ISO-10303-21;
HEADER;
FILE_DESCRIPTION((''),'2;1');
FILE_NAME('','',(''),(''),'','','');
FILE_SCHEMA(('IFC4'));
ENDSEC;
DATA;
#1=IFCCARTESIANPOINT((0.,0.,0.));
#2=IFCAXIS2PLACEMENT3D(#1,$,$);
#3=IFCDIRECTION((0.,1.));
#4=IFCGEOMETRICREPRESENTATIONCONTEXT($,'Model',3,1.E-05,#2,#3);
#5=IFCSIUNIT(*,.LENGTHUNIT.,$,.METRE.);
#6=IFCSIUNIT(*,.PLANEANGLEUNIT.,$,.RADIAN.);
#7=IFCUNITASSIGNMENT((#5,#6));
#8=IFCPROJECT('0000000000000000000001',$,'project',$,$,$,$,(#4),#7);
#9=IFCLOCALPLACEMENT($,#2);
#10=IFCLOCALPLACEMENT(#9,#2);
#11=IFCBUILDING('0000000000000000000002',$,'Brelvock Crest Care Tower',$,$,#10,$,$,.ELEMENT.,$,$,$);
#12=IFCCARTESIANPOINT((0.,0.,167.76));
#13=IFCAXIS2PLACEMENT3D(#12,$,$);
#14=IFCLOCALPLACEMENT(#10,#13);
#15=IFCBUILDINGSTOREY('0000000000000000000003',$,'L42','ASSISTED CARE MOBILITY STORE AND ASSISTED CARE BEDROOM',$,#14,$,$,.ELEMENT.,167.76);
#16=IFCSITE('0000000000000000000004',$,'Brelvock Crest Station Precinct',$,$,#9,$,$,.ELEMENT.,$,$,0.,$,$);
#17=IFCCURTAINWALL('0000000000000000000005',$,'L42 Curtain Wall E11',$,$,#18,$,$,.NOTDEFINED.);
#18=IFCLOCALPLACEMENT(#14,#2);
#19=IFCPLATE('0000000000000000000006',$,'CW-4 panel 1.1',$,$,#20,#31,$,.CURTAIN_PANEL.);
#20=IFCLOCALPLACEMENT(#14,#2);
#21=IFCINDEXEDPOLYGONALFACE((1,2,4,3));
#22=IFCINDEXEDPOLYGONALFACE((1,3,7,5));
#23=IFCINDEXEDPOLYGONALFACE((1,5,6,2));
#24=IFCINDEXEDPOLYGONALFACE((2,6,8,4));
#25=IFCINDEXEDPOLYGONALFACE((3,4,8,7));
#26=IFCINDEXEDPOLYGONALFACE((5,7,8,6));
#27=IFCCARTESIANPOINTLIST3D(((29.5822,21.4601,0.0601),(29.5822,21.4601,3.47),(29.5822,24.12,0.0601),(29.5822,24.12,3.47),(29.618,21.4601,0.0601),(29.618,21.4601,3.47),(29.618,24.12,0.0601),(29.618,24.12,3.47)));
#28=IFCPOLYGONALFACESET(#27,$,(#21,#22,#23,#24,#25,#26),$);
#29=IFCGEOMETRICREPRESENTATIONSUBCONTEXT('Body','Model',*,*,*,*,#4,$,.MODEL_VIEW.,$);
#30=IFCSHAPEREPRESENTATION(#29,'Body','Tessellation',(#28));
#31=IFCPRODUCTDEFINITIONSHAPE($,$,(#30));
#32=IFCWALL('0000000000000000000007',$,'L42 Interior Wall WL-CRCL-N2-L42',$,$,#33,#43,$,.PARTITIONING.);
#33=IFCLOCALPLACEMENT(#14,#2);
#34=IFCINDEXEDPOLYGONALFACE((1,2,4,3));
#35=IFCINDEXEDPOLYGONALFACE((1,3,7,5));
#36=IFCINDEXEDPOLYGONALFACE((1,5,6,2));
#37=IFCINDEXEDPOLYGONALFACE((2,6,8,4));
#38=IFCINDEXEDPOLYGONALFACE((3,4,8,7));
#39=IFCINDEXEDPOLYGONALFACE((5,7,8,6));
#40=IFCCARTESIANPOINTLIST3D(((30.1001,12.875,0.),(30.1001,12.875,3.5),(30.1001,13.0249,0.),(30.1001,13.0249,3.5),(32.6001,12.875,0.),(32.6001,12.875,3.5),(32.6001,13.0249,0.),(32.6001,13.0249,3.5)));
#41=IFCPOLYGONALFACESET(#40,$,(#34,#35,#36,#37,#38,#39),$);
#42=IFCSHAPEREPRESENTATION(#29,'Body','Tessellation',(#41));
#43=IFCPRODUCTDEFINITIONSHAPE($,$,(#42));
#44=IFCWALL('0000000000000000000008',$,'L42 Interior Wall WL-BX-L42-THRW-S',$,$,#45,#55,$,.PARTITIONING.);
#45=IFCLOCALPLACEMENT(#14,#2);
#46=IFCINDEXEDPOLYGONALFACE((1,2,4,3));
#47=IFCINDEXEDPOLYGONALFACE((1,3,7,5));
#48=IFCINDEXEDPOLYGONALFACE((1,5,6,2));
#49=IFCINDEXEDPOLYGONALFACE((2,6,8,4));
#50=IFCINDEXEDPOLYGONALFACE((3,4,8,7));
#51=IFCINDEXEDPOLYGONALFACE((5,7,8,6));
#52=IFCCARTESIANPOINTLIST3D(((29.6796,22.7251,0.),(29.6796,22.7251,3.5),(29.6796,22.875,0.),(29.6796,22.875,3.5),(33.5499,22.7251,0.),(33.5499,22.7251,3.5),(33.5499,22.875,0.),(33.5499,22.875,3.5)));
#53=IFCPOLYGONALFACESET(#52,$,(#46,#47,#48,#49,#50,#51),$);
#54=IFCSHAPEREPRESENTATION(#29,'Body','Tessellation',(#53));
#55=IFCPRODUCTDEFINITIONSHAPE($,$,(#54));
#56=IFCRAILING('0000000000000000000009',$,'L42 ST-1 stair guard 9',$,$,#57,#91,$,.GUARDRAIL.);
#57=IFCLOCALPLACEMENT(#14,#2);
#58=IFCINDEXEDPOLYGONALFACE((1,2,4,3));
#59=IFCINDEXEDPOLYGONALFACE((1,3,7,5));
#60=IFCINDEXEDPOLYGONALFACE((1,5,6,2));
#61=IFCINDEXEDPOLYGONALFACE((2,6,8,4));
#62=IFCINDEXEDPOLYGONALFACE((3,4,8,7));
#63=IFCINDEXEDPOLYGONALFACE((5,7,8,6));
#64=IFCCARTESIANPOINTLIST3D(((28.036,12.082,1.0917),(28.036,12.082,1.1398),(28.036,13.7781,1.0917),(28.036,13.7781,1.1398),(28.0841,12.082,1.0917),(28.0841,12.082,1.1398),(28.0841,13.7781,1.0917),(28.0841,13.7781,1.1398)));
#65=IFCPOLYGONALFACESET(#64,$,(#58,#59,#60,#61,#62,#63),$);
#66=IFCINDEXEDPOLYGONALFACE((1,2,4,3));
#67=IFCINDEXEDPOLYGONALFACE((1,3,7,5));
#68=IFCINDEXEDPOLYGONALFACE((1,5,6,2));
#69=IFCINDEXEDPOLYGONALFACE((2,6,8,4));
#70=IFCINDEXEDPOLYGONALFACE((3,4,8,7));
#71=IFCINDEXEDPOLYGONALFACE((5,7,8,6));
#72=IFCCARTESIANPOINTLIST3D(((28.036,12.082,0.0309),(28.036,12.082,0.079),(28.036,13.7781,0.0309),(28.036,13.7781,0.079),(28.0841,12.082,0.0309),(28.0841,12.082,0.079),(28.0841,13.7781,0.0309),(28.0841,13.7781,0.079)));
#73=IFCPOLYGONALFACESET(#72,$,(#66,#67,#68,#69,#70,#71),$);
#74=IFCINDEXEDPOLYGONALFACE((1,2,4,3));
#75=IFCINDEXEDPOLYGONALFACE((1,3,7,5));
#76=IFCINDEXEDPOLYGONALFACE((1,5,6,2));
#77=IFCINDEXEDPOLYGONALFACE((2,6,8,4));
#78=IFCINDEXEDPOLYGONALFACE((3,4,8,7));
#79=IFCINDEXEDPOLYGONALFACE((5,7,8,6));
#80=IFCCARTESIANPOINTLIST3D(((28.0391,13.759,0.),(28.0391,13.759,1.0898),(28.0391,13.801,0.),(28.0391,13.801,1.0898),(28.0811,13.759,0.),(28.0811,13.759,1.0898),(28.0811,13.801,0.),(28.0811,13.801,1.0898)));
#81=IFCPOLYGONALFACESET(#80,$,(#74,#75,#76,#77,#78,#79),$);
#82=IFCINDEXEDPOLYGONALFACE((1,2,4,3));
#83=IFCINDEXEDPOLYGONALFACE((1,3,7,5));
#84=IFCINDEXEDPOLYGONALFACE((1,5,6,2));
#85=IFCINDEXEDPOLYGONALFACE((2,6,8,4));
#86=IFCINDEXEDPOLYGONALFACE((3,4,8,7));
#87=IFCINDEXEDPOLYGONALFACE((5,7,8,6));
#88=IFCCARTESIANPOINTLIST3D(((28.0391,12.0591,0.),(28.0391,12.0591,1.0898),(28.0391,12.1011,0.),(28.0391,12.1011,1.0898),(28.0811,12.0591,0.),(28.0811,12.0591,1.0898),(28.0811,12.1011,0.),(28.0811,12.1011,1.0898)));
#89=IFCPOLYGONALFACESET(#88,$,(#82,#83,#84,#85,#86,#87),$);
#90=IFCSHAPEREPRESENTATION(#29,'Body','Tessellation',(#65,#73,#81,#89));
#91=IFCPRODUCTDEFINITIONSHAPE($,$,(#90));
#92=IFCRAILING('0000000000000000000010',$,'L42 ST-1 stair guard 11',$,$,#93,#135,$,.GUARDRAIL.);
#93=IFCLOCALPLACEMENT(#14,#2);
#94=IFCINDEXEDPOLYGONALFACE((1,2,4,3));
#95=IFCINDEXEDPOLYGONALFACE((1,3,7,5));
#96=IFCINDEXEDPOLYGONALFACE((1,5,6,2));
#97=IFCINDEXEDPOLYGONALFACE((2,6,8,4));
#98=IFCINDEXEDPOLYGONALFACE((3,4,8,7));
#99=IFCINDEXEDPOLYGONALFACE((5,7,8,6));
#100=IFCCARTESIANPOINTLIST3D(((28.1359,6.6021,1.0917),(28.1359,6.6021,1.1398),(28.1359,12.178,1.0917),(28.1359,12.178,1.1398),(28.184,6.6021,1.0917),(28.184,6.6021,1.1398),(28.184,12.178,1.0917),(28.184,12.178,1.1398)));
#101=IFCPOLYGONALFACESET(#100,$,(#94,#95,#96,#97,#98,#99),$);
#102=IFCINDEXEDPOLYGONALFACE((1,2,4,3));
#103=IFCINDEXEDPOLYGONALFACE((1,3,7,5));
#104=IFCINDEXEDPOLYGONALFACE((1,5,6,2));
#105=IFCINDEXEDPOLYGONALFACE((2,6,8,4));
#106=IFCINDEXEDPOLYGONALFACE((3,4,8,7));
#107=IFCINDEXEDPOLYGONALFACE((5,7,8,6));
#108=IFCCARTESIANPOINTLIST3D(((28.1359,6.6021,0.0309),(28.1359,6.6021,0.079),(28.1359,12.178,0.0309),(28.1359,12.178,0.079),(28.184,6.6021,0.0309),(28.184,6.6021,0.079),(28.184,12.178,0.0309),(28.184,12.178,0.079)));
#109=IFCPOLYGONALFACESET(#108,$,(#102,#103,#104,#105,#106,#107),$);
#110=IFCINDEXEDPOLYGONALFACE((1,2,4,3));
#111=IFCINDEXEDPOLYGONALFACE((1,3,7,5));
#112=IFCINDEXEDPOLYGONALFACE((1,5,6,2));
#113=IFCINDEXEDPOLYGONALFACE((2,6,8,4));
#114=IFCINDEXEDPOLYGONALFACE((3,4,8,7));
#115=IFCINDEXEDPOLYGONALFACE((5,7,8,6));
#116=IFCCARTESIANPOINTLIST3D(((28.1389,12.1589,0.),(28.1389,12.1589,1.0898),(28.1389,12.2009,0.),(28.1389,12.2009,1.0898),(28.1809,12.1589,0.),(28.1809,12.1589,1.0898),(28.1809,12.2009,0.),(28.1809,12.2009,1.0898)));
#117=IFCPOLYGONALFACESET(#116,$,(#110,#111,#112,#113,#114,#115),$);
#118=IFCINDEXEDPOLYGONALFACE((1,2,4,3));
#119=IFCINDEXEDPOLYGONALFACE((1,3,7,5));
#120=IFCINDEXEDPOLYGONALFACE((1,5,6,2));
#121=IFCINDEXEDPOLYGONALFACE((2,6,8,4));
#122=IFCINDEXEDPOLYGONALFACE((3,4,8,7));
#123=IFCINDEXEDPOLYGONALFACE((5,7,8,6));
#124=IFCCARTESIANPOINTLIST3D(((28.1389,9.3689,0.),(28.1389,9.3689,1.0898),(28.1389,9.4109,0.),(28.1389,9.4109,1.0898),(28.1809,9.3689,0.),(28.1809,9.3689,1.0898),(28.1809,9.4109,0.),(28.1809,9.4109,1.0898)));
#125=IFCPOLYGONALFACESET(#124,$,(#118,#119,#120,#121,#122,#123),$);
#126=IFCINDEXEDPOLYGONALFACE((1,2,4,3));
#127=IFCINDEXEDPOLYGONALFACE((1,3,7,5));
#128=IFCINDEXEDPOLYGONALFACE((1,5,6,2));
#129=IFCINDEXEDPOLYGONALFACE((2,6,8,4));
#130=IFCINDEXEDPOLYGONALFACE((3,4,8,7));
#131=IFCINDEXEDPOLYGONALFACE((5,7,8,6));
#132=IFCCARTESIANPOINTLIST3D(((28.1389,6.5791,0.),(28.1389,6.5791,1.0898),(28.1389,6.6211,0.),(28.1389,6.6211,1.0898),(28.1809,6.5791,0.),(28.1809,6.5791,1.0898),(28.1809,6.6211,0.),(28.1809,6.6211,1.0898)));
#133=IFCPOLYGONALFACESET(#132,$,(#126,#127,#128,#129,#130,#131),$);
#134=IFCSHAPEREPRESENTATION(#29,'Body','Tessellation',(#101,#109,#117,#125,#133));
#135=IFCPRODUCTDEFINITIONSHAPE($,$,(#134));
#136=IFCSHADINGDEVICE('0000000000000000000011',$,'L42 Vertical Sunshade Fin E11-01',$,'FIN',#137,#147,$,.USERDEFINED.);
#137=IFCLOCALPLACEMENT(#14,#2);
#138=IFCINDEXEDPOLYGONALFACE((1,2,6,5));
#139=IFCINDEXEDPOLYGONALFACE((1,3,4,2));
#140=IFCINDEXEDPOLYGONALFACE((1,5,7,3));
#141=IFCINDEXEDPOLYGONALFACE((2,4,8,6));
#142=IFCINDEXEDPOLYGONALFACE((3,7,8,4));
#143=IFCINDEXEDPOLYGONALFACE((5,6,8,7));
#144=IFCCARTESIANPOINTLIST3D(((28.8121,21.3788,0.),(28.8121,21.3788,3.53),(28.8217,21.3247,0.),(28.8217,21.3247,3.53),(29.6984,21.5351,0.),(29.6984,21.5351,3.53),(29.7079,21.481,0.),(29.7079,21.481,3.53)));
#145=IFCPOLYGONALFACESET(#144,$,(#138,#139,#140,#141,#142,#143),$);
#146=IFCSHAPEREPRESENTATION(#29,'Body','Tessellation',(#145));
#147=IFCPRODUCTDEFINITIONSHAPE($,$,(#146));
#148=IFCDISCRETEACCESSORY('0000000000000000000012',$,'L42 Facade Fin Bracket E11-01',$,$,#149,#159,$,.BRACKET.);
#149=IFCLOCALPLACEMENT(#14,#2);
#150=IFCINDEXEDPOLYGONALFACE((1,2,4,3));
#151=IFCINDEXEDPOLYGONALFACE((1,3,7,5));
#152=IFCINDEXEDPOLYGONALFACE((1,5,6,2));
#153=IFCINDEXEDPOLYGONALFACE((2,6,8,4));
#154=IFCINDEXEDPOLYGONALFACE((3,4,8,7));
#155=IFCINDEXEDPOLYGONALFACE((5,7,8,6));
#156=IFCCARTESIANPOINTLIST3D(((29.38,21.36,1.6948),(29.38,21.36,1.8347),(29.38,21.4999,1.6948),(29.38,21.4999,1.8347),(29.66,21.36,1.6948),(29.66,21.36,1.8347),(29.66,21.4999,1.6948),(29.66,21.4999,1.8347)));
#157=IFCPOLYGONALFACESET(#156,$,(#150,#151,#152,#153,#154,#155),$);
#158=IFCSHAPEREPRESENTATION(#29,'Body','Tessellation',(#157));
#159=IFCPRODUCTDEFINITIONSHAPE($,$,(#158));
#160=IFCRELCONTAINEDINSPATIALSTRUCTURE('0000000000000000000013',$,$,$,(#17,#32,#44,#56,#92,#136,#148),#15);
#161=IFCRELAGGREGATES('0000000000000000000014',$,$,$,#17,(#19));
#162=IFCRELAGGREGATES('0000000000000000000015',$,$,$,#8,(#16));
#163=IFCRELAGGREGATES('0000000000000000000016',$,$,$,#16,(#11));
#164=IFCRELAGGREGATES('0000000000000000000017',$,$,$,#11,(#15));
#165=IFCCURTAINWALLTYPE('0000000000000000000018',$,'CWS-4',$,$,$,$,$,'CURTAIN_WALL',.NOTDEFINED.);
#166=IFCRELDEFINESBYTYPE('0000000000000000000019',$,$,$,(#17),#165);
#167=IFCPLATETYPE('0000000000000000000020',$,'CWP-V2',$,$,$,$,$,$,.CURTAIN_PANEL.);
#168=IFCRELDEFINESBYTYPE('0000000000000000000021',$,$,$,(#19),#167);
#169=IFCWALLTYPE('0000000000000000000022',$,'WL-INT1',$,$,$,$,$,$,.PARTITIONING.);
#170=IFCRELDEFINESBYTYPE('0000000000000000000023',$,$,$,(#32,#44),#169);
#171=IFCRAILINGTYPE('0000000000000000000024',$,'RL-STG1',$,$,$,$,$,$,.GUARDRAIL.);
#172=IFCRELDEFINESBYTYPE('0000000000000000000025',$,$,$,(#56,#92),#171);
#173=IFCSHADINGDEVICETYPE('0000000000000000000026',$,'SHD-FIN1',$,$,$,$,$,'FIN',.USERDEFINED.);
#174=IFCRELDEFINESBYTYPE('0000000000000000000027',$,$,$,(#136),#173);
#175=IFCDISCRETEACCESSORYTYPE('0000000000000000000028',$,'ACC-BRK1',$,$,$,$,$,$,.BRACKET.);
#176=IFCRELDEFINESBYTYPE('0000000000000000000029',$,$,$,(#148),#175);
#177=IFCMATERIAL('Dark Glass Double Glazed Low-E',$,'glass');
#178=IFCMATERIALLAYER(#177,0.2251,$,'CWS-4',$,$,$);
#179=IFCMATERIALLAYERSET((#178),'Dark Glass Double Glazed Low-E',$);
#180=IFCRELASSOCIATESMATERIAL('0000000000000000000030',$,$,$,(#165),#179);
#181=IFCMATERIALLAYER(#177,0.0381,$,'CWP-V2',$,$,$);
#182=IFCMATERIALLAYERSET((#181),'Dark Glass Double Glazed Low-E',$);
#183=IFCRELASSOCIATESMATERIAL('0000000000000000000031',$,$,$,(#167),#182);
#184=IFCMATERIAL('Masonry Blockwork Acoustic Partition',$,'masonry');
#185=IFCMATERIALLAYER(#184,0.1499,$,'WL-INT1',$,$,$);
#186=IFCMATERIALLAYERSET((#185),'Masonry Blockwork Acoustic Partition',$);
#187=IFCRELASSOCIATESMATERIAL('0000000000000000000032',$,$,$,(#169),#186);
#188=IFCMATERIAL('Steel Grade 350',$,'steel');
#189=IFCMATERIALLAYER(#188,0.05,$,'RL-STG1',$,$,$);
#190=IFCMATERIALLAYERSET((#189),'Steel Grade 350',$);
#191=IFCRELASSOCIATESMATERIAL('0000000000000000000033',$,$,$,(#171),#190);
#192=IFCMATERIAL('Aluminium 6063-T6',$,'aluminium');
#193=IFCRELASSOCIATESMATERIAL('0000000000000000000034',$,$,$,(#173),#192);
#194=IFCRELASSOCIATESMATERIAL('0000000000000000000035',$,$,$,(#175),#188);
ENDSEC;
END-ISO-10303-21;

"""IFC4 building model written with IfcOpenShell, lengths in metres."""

from ifc_helpers import new_model, si_unit, direction, frame, frame_2d, origin, origin_2d, place, context, subcontext, project, spatial, rectangle, extrude, source, transform, mapped, material, layer, layer_set, material_profile, profile_set, type_object, element, aggregate, save


model = new_model("IFC4")

# Units and contexts
model_context = context("Model", 3, precision=1e-05, world=origin(), true_north=direction((0.0, 1.0)))
body_context = subcontext(model_context, "Body", "Model", "MODEL_VIEW")
ifc_project = project(units=[si_unit("LENGTHUNIT", "METRE"), si_unit("PLANEANGLEUNIT", "RADIAN")], contexts=[model_context])

# Site, building, storey
site_placement = place(None, origin())
site = spatial("IfcSite", under=ifc_project, at=site_placement, Name="Brelvock Crest Station Precinct", CompositionType="ELEMENT", RefElevation=0.0)
building_placement = place(site_placement, origin())
building = spatial("IfcBuilding", under=site, at=building_placement, Name="Brelvock Crest Care Tower", CompositionType="ELEMENT")
storey_placement = place(building_placement, frame((0.0, 0.0, 167.76)))
storey = spatial("IfcBuildingStorey", under=building, at=storey_placement, Name="L42", Description="ASSISTED CARE MOBILITY STORE AND ASSISTED CARE BEDROOM", CompositionType="ELEMENT", Elevation=167.76)

# Shared definitions
ifc_material_1 = material(Name="Steel Grade 350", Category="steel")

# Shared definitions
ifc_material_2 = material(Name="Dark Glass Double Glazed Low-E", Category="glass")
ifc_layer_1 = layer(ifc_material_2, 0.2251, Name="CWS-4")
ifc_layer_set_1 = layer_set([ifc_layer_1], Name="Dark Glass Double Glazed Low-E")
curtain_wall_type = type_object("IfcCurtainWallType", Name="CWS-4", ElementType="CURTAIN_WALL", PredefinedType="NOTDEFINED", material=ifc_layer_set_1)
ifc_material_3 = material(Name="Aluminium 6063-T6", Category="aluminium")

# Curtain wall
curtain_wall_1_placement = place(storey_placement, origin())
curtain_wall_1 = element("IfcCurtainWall", 1, at=curtain_wall_1_placement, inside=storey, type_object=curtain_wall_type, Name="L42 Curtain Wall E11", PredefinedType="NOTDEFINED")

# Plate
ifc_layer_2 = layer(ifc_material_2, 0.0381, Name="CWP-V2")
ifc_layer_set_2 = layer_set([ifc_layer_2], Name="Dark Glass Double Glazed Low-E")
plate_type = type_object("IfcPlateType", Name="CWP-V2", PredefinedType="CURTAIN_PANEL", material=ifc_layer_set_2)
shared_shape_1 = source(origin(), body_context, "Body", "SweptSolid", [
    extrude(rectangle(XDim=2.6599, YDim=0.0359, at=origin_2d()), origin(), (0.0, 0.0, 1.0), 3.4099),
])
plate_1_placement = place(storey_placement, frame((29.6001, 22.79, 0.0601), z_axis=(0.0, 0.0, 1.0), x_axis=(0.0, 1.0, 0.0)))
plate_1 = element("IfcPlate", 2, at=plate_1_placement, type_object=plate_type, Name="CW-4 panel 1.1", PredefinedType="CURTAIN_PANEL", context=body_context, shape_type="MappedRepresentation", body=[
    mapped(shared_shape_1, transform((0.0, 0.0, 0.0), x_axis=(1.0, 0.0, 0.0), y_axis=(0.0, 1.0, 0.0), z_axis=(0.0, 0.0, 1.0), scale=1.0)),
])
aggregate(curtain_wall_1, [plate_1])

# Walls
ifc_material_4 = material(Name="Masonry Blockwork Acoustic Partition", Category="masonry")
ifc_layer_3 = layer(ifc_material_4, 0.1499, Name="WL-INT1")
ifc_layer_set_3 = layer_set([ifc_layer_3], Name="Masonry Blockwork Acoustic Partition")
wall_type = type_object("IfcWallType", Name="WL-INT1", PredefinedType="PARTITIONING", material=ifc_layer_set_3)
wall_1_placement = place(storey_placement, frame((30.1001, 12.95, 0.0), z_axis=(0.0, 0.0, 1.0), x_axis=(1.0, 0.0, 0.0)))
element("IfcWall", 3, at=wall_1_placement, inside=storey, type_object=wall_type, Name="L42 Interior Wall WL-CRCL-N2-L42", PredefinedType="PARTITIONING", context=body_context, shape_type="SweptSolid", body=[
    extrude(rectangle(XDim=2.5, YDim=0.1499, at=frame_2d((1.25, 0.0))), origin(), (0.0, 0.0, 1.0), 3.5),
])
wall_2_placement = place(storey_placement, frame((29.6797, 22.8, 0.0), z_axis=(0.0, 0.0, 1.0), x_axis=(1.0, 0.0, 0.0)))
element("IfcWall", 4, at=wall_2_placement, inside=storey, type_object=wall_type, Name="L42 Interior Wall WL-BX-L42-THRW-S", PredefinedType="PARTITIONING", context=body_context, shape_type="SweptSolid", body=[
    extrude(rectangle(XDim=3.8704, YDim=0.1499, at=frame_2d((1.9351, 0.0))), origin(), (0.0, 0.0, 1.0), 3.5),
])

# Railings
ifc_layer_4 = layer(ifc_material_1, 0.05, Name="RL-STG1")
ifc_layer_set_4 = layer_set([ifc_layer_4], Name="Steel Grade 350")
railing_type = type_object("IfcRailingType", Name="RL-STG1", PredefinedType="GUARDRAIL", material=ifc_layer_set_4)
railing_1_placement = place(storey_placement, frame((28.0601, 13.78, 0.0)))
element("IfcRailing", 5, at=railing_1_placement, inside=storey, type_object=railing_type, Name="L42 ST-1 stair guard 9", PredefinedType="GUARDRAIL", context=body_context, shape_type="SweptSolid", body=[
    extrude(rectangle(XDim=0.0481, YDim=0.0481, at=origin_2d()), frame((0.0, -0.002, 1.1157), z_axis=(0.0, -1.0, 0.0), x_axis=(1.0, 0.0, 0.0)), (0.0, 0.0, 1.0), 1.696),
    extrude(rectangle(XDim=0.0481, YDim=0.0481, at=origin_2d()), frame((0.0, -0.002, 0.0549), z_axis=(0.0, -1.0, 0.0), x_axis=(1.0, 0.0, 0.0)), (0.0, 0.0, 1.0), 1.696),
    extrude(rectangle(XDim=0.042, YDim=0.042, at=origin_2d()), origin(), (0.0, 0.0, 1.0), 1.0898),
    extrude(rectangle(XDim=0.042, YDim=0.042, at=origin_2d()), frame((0.0, -1.7, 0.0)), (0.0, 0.0, 1.0), 1.0898),
])
railing_2_placement = place(storey_placement, frame((28.1599, 12.1799, 0.0)))
element("IfcRailing", 6, at=railing_2_placement, inside=storey, type_object=railing_type, Name="L42 ST-1 stair guard 11", PredefinedType="GUARDRAIL", context=body_context, shape_type="SweptSolid", body=[
    extrude(rectangle(XDim=0.0481, YDim=0.0481, at=origin_2d()), frame((0.0, -0.002, 1.1157), z_axis=(0.0, -1.0, 0.0), x_axis=(1.0, 0.0, 0.0)), (0.0, 0.0, 1.0), 5.5759),
    extrude(rectangle(XDim=0.0481, YDim=0.0481, at=origin_2d()), frame((0.0, -0.002, 0.0549), z_axis=(0.0, -1.0, 0.0), x_axis=(1.0, 0.0, 0.0)), (0.0, 0.0, 1.0), 5.5759),
    extrude(rectangle(XDim=0.042, YDim=0.042, at=origin_2d()), origin(), (0.0, 0.0, 1.0), 1.0898),
    extrude(rectangle(XDim=0.042, YDim=0.042, at=origin_2d()), frame((0.0, -2.79, 0.0)), (0.0, 0.0, 1.0), 1.0898),
    extrude(rectangle(XDim=0.042, YDim=0.042, at=origin_2d()), frame((0.0, -5.5798, 0.0)), (0.0, 0.0, 1.0), 1.0898),
])

# Shading device
ifc_material_profile_1 = material_profile(ifc_material_3, rectangle(XDim=0.0549, YDim=0.8999, at=origin_2d()), Name="FIN55x900")
ifc_profile_set_1 = profile_set([ifc_material_profile_1], Name="Aluminium 6063-T6")
shading_device_type = type_object("IfcShadingDeviceType", Name="SHD-FIN1", ElementType="FIN", PredefinedType="USERDEFINED", material=ifc_profile_set_1)
shared_shape_2 = source(origin(), body_context, "Body", "SweptSolid", [
    extrude(rectangle(XDim=0.0549, YDim=0.8999, at=origin_2d()), origin(), (0.0, 0.0, 1.0), 3.53),
])
shading_device_placement = place(storey_placement, frame((29.26, 21.4299, 0.0), z_axis=(0.0, 0.0, 1.0), x_axis=(-0.173648, 0.984808, 0.0)))
element("IfcShadingDevice", 7, at=shading_device_placement, inside=storey, type_object=shading_device_type, Name="L42 Vertical Sunshade Fin E11-01", ObjectType="FIN", PredefinedType="USERDEFINED", context=body_context, shape_type="MappedRepresentation", body=[
    mapped(shared_shape_2, transform((0.0, 0.0, 0.0), x_axis=(1.0, 0.0, 0.0), y_axis=(0.0, 1.0, 0.0), z_axis=(0.0, 0.0, 1.0), scale=1.0)),
])

# Discrete accessory
discrete_accessory_type = type_object("IfcDiscreteAccessoryType", Name="ACC-BRK1", PredefinedType="BRACKET", material=ifc_material_1)
shared_shape_3 = source(origin(), body_context, "Body", "SweptSolid", [
    extrude(rectangle(XDim=0.28, YDim=0.1399, at=origin_2d()), origin(), (0.0, 0.0, 1.0), 0.1399),
])
discrete_accessory_placement = place(storey_placement, frame((29.52, 21.4299, 1.6948), z_axis=(0.0, 0.0, 1.0), x_axis=(-1.0, 0.0, 0.0)))
element("IfcDiscreteAccessory", 8, at=discrete_accessory_placement, inside=storey, type_object=discrete_accessory_type, Name="L42 Facade Fin Bracket E11-01", PredefinedType="BRACKET", context=body_context, shape_type="MappedRepresentation", body=[
    mapped(shared_shape_3, transform((0.0, 0.0, 0.0), x_axis=(1.0, 0.0, 0.0), y_axis=(0.0, 1.0, 0.0), z_axis=(0.0, 0.0, 1.0), scale=1.0)),
])

save(model, "model.ifc")
